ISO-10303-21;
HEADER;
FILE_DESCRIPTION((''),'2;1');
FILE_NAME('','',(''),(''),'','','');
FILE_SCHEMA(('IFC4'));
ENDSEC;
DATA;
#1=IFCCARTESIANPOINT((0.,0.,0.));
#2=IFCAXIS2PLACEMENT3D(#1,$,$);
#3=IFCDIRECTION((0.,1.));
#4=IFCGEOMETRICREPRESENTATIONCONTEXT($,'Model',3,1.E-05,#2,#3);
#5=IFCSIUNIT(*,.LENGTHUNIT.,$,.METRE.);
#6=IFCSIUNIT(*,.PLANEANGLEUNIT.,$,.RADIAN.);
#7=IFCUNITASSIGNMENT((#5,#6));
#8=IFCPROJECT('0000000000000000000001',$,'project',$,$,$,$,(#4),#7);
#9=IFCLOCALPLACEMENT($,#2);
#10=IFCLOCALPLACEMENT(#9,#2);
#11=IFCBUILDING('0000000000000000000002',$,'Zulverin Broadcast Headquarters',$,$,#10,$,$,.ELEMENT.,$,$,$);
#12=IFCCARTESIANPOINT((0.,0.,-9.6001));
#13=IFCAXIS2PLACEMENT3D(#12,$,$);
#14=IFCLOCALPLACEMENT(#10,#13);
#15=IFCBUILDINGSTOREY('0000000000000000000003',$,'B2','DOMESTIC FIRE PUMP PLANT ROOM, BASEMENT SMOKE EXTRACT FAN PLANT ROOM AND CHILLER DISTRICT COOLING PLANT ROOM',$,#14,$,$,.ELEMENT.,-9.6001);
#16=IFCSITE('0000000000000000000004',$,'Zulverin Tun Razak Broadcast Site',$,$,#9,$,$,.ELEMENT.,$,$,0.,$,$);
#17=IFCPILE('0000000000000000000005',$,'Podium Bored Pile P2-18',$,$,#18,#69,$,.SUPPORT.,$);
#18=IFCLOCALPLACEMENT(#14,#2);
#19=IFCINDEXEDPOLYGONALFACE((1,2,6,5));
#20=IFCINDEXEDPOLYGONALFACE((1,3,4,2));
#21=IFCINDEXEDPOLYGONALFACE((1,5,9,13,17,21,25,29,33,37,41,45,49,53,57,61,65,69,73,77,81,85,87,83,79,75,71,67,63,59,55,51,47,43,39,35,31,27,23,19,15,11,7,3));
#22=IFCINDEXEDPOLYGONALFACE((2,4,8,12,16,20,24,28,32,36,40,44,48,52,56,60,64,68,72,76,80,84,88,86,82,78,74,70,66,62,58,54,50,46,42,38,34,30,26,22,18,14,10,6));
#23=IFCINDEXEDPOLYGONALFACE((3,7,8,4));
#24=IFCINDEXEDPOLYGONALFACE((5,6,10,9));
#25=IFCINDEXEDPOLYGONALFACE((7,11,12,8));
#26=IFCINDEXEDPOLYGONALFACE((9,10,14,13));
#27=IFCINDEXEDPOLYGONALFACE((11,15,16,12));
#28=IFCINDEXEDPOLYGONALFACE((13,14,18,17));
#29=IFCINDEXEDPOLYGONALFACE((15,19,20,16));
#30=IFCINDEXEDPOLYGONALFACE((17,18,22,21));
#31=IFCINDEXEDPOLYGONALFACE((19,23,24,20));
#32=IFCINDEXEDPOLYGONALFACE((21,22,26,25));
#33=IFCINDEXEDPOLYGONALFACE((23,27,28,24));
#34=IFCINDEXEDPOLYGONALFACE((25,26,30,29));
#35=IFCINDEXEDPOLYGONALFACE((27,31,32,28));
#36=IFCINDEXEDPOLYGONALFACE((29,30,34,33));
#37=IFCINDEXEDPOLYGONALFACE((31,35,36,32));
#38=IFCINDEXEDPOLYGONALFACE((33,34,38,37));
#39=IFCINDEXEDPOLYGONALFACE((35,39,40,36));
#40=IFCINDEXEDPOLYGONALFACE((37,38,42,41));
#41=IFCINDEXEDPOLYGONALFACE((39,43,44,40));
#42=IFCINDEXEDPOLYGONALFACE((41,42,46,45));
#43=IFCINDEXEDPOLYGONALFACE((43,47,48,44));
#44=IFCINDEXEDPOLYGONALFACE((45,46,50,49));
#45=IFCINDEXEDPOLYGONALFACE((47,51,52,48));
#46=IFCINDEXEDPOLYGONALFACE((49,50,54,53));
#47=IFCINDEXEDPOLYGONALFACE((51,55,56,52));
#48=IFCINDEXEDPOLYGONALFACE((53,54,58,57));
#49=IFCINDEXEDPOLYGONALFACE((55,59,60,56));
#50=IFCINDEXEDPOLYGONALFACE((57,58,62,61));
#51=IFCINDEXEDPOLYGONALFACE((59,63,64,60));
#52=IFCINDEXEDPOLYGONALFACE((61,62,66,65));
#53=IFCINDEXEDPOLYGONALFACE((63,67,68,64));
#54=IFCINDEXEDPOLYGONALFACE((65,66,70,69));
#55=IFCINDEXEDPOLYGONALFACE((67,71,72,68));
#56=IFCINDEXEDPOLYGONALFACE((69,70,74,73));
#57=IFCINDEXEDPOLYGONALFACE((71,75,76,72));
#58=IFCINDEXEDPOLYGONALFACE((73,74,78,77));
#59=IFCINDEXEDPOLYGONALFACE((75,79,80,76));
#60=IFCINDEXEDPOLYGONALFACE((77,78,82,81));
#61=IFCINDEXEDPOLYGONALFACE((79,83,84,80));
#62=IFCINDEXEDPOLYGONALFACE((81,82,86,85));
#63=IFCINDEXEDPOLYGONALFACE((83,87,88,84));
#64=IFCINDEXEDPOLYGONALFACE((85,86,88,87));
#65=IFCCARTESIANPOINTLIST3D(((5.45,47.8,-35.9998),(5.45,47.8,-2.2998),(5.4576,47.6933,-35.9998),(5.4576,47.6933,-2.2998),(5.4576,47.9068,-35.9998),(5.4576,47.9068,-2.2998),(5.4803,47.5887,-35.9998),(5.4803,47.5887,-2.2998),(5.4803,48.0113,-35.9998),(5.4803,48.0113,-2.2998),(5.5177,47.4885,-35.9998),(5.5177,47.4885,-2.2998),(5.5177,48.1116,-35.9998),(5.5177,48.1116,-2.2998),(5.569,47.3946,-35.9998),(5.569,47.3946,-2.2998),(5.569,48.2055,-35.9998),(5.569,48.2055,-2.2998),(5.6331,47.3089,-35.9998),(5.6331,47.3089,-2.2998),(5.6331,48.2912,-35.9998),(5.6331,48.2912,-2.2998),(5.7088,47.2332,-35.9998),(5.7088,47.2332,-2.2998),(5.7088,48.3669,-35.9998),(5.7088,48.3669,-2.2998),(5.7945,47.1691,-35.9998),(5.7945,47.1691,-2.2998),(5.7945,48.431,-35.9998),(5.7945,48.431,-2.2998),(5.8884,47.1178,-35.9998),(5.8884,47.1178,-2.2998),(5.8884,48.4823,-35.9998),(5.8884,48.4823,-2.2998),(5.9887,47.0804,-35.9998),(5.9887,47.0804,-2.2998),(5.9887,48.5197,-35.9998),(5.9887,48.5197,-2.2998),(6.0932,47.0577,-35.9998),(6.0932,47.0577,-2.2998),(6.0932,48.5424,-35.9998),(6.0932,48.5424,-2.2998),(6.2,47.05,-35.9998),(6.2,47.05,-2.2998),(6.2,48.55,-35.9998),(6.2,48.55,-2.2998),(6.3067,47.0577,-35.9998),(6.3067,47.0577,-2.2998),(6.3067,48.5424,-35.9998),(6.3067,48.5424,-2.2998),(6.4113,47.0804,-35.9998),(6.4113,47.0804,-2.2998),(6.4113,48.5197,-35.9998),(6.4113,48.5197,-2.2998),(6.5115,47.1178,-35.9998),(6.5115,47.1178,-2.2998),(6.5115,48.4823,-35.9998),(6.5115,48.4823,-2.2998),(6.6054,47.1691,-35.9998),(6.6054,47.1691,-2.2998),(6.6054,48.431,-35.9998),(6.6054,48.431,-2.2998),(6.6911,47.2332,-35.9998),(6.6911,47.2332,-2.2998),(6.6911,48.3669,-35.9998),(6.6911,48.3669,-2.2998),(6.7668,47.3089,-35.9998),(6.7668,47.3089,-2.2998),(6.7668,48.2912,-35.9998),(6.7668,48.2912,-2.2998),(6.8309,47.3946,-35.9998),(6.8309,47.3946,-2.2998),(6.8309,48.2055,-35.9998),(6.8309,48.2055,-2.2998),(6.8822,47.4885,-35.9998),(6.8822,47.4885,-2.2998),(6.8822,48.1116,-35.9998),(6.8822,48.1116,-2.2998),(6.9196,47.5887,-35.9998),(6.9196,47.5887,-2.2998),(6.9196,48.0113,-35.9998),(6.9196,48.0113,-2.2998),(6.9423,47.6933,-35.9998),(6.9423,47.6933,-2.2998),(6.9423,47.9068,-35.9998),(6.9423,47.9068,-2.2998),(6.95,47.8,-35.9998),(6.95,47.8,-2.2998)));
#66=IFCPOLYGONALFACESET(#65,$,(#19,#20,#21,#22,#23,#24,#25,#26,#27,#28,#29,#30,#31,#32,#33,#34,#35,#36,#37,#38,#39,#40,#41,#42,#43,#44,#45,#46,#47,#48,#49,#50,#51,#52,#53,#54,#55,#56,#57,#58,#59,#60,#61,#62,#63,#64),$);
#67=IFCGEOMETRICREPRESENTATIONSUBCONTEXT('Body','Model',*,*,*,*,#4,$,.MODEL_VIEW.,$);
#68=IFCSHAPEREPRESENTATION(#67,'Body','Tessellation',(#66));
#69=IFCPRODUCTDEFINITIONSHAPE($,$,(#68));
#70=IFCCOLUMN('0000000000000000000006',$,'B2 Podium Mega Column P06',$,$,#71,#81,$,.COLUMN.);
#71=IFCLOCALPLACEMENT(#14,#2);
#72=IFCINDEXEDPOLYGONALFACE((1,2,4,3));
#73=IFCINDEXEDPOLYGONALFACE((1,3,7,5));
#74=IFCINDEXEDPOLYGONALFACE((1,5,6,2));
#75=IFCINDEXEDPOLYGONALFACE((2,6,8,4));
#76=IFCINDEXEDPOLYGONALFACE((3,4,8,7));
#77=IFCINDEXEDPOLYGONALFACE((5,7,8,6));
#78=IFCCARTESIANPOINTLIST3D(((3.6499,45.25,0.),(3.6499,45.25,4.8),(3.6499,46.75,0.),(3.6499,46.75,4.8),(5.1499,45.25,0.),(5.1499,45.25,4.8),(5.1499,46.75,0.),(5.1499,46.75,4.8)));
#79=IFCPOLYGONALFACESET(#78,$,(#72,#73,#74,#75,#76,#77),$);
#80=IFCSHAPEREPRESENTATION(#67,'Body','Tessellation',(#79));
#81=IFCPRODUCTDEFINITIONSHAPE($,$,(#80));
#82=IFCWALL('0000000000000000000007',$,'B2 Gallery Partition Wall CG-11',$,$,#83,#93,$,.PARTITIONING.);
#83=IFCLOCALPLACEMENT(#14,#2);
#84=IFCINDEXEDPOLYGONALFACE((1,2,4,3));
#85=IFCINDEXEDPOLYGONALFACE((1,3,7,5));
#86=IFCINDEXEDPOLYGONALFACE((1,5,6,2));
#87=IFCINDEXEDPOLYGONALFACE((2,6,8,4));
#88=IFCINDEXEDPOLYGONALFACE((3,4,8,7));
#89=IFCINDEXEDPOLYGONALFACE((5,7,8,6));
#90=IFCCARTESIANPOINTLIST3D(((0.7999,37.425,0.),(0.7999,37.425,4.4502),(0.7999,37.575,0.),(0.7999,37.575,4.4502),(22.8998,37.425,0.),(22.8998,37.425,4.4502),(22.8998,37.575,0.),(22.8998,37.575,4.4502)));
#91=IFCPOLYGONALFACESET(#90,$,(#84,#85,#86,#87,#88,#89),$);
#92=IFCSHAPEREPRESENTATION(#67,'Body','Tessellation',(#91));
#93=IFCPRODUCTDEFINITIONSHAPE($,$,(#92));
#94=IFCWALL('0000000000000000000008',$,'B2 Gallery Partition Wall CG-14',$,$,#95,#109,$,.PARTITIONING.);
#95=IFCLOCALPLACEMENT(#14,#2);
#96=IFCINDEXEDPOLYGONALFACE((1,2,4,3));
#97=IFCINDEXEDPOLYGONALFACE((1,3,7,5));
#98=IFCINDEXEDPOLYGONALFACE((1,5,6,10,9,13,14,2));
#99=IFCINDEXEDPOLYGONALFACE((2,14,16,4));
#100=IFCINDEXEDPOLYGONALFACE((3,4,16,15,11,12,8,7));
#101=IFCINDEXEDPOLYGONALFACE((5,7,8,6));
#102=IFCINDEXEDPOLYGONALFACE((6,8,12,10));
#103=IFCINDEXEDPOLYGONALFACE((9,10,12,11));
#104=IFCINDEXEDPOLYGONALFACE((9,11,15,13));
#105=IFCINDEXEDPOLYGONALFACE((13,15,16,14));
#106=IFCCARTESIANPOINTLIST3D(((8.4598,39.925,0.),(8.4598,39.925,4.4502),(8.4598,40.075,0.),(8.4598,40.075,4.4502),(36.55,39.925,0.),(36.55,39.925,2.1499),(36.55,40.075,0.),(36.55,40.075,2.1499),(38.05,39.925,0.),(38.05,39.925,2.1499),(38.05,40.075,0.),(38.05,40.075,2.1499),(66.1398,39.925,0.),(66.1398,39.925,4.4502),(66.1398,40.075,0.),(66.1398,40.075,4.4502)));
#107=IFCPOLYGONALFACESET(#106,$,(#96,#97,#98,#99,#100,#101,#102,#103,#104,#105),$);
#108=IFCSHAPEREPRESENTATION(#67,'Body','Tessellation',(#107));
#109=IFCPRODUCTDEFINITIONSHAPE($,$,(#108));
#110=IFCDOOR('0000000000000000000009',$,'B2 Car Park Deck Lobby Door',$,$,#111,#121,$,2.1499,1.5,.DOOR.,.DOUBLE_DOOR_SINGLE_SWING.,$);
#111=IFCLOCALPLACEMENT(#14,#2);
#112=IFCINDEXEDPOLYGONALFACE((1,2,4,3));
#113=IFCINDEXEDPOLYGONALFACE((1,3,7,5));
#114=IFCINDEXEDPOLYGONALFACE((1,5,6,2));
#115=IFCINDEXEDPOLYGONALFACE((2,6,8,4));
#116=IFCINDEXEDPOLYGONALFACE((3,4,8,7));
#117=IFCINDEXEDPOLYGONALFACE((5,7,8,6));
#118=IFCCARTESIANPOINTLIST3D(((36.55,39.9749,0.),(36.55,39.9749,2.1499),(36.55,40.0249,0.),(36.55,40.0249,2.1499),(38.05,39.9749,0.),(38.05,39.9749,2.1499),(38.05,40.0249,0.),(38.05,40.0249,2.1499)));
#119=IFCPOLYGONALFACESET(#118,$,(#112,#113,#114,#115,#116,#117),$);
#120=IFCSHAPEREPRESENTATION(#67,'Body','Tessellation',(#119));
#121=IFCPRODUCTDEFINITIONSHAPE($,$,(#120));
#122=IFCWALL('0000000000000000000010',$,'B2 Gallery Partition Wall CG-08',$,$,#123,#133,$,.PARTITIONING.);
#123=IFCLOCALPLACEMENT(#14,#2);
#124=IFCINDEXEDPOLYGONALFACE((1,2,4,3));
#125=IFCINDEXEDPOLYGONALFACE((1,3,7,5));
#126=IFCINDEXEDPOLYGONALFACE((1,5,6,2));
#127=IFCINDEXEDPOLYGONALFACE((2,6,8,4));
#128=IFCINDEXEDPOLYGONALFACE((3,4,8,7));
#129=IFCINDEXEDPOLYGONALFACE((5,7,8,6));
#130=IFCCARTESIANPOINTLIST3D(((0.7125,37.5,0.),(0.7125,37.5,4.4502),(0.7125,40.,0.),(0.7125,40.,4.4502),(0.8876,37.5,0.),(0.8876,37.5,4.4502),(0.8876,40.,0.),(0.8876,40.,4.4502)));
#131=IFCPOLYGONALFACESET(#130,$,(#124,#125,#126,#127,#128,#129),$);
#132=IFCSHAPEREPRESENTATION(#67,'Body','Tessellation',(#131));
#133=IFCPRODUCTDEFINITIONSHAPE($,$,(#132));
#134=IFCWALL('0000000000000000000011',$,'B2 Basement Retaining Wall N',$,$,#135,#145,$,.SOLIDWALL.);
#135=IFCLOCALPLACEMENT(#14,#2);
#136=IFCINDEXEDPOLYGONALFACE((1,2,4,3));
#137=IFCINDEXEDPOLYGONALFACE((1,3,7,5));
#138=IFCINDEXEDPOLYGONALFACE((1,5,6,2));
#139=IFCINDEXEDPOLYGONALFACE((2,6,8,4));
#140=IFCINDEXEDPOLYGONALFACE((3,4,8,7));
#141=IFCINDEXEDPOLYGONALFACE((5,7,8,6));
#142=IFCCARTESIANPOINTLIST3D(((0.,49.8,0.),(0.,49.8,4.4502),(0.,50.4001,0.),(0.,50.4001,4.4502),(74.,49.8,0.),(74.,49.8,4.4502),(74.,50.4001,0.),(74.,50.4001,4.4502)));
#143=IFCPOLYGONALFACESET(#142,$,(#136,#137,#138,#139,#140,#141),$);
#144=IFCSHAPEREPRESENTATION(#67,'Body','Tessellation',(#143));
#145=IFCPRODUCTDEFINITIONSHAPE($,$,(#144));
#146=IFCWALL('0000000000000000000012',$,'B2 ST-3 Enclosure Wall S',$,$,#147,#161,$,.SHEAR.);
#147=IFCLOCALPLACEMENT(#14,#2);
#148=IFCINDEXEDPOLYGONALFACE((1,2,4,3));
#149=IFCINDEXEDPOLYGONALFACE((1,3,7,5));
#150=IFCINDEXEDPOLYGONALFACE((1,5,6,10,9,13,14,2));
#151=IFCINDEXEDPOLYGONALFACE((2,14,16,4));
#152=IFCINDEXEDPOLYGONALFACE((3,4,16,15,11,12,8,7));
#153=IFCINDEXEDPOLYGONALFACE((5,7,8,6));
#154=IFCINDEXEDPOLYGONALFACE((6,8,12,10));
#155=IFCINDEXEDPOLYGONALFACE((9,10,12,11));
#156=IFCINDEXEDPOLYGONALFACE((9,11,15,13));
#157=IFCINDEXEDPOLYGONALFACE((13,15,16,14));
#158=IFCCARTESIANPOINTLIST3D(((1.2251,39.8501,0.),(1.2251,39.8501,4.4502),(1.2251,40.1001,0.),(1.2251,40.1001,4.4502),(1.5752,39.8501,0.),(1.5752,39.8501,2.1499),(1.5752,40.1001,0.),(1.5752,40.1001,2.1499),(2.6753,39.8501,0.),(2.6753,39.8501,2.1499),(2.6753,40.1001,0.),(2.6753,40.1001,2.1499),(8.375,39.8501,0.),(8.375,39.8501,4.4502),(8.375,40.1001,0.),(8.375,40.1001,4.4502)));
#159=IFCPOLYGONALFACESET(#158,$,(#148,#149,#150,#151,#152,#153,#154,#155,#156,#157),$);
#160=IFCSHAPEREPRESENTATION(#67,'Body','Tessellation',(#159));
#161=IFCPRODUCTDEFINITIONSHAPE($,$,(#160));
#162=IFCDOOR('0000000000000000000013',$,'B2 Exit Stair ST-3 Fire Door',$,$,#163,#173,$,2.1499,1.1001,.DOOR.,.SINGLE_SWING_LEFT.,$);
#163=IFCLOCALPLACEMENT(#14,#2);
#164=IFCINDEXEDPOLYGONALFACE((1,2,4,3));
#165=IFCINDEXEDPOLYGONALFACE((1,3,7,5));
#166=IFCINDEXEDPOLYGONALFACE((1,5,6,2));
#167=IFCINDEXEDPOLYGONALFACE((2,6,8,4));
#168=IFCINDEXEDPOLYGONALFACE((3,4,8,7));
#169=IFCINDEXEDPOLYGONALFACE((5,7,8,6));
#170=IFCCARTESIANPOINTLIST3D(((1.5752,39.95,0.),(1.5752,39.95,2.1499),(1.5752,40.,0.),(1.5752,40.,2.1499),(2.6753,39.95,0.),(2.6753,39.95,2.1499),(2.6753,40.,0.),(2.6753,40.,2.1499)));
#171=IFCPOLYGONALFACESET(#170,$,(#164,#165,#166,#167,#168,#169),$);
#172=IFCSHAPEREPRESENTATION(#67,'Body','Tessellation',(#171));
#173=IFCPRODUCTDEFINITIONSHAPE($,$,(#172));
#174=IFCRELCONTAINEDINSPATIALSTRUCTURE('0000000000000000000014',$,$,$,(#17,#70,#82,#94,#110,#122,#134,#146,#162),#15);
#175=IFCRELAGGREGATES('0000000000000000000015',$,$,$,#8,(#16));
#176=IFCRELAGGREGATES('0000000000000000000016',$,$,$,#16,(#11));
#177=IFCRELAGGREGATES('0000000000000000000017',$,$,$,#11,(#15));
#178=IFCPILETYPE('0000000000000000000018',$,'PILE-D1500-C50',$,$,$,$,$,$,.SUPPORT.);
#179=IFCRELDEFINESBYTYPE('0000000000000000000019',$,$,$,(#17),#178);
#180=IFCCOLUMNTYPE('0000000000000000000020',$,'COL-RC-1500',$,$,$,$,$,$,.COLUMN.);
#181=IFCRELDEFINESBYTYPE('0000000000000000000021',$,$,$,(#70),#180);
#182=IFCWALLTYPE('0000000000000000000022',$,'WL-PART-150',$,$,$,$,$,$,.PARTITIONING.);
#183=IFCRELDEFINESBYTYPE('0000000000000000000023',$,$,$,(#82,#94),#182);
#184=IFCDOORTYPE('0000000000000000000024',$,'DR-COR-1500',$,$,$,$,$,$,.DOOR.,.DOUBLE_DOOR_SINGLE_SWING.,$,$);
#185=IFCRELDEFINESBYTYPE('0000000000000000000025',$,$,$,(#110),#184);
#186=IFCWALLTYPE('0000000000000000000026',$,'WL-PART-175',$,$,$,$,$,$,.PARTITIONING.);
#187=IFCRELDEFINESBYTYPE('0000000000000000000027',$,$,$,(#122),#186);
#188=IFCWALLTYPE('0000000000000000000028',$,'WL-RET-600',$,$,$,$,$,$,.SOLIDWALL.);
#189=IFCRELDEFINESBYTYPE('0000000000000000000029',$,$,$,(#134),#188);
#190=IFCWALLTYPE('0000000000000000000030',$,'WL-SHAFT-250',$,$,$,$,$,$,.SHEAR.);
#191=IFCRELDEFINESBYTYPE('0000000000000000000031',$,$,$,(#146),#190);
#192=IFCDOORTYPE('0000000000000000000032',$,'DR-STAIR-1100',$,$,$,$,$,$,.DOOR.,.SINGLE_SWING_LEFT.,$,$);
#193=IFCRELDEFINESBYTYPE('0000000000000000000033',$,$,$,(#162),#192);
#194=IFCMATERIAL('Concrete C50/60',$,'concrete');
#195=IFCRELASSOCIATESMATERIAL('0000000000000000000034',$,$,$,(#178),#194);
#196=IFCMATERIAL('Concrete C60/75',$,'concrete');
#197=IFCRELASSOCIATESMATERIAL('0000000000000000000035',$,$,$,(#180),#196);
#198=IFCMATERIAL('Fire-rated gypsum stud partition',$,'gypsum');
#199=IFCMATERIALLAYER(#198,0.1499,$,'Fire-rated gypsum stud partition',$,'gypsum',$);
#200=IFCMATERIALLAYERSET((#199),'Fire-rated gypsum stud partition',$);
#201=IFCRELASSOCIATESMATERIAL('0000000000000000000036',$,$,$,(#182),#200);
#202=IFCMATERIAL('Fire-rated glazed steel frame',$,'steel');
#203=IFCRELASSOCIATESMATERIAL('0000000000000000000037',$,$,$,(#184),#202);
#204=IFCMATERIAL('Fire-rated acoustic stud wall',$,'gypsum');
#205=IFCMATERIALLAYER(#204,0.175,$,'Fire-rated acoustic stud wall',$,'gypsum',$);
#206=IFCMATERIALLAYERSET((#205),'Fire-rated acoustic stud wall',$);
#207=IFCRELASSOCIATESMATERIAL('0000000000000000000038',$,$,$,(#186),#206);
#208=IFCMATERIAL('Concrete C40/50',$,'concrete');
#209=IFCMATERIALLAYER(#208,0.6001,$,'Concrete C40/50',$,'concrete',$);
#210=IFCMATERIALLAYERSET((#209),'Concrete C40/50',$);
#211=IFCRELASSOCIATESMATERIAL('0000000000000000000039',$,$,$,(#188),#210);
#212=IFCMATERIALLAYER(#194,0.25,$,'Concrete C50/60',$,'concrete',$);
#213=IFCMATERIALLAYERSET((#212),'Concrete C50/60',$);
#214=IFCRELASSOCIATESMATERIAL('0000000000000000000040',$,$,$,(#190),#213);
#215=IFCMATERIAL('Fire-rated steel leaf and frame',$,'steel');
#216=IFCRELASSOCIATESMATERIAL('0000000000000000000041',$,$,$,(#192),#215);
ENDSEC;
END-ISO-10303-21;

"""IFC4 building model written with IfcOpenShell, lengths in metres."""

from ifc_helpers import new_model, si_unit, direction, frame, frame_2d, origin, origin_2d, place, context, subcontext, project, spatial, rectangle, circle, extrude, material, layer, layer_set, material_profile, profile_set, type_object, element, fill, save


model = new_model("IFC4")

# Units and contexts
model_context = context("Model", 3, precision=1e-05, world=origin(), true_north=direction((0.0, 1.0)))
body_context = subcontext(model_context, "Body", "Model", "MODEL_VIEW")
ifc_project = project(units=[si_unit("LENGTHUNIT", "METRE"), si_unit("PLANEANGLEUNIT", "RADIAN")], contexts=[model_context])

# Site, building, storey
site_placement = place(None, origin())
site = spatial("IfcSite", under=ifc_project, at=site_placement, Name="Zulverin Tun Razak Broadcast Site", CompositionType="ELEMENT", RefElevation=0.0)
building_placement = place(site_placement, origin())
building = spatial("IfcBuilding", under=site, at=building_placement, Name="Zulverin Broadcast Headquarters", CompositionType="ELEMENT")
storey_placement = place(building_placement, frame((0.0, 0.0, -9.6001)))
storey = spatial("IfcBuildingStorey", under=building, at=storey_placement, Name="B2", Description="DOMESTIC FIRE PUMP PLANT ROOM, BASEMENT SMOKE EXTRACT FAN PLANT ROOM AND CHILLER DISTRICT COOLING PLANT ROOM", CompositionType="ELEMENT", Elevation=-9.6001)

# Shared definitions
ifc_material_1 = material(Name="Concrete C50/60", Category="concrete")

# Pile
ifc_material_profile_1 = material_profile(ifc_material_1, circle(Radius=0.75, at=origin_2d()), Name="Concrete C50/60", Category="concrete")
ifc_profile_set_1 = profile_set([ifc_material_profile_1], Name="Concrete C50/60")
pile_type = type_object("IfcPileType", Name="PILE-D1500-C50", PredefinedType="SUPPORT", material=ifc_profile_set_1)
for number, where, z_axis, x_axis, name in (
    (1, (6.2, 47.8, -2.2998), (0.0, 0.0, -1.0), (1.0, 0.0, 0.0), "Podium Bored Pile P2-18"),
):
    element("IfcPile", number, at=place(storey_placement, frame(where, z_axis=z_axis, x_axis=x_axis)), inside=storey, type_object=pile_type, Name=name, PredefinedType="SUPPORT", context=body_context, shape_type="SweptSolid", body=[
        extrude(circle(Radius=0.75, at=origin_2d()), origin(), (0.0, 0.0, 1.0), 33.7),
    ])

# Column
ifc_material_2 = material(Name="Concrete C60/75", Category="concrete")
ifc_material_profile_2 = material_profile(ifc_material_2, rectangle(XDim=1.5, YDim=1.5, at=origin_2d()), Name="Concrete C60/75", Category="concrete")
ifc_profile_set_2 = profile_set([ifc_material_profile_2], Name="Concrete C60/75")
column_type = type_object("IfcColumnType", Name="COL-RC-1500", PredefinedType="COLUMN", material=ifc_profile_set_2)
column_placement = place(storey_placement, frame((4.3999, 46.0, 0.0), z_axis=(0.0, 0.0, 1.0), x_axis=(1.0, 0.0, 0.0)))
element("IfcColumn", 2, at=column_placement, inside=storey, type_object=column_type, Name="B2 Podium Mega Column P06", PredefinedType="COLUMN", context=body_context, shape_type="SweptSolid", body=[
    extrude(rectangle(XDim=1.5, YDim=1.5, at=origin_2d()), origin(), (0.0, 0.0, 1.0), 4.8),
])

# Wall
ifc_material_3 = material(Name="Fire-rated gypsum stud partition", Category="gypsum")
ifc_layer_1 = layer(ifc_material_3, 0.1499, Name="Fire-rated gypsum stud partition", Category="gypsum")
ifc_layer_set_1 = layer_set([ifc_layer_1], Name="Fire-rated gypsum stud partition")
wall_type_1 = type_object("IfcWallType", Name="WL-PART-150", PredefinedType="PARTITIONING", material=ifc_layer_set_1)
wall_1_placement = place(storey_placement, frame((0.8, 37.5, 0.0), z_axis=(0.0, 0.0, 1.0), x_axis=(1.0, 0.0, 0.0)))
element("IfcWall", 3, at=wall_1_placement, inside=storey, type_object=wall_type_1, Name="B2 Gallery Partition Wall CG-11", PredefinedType="PARTITIONING", context=body_context, shape_type="SweptSolid", body=[
    extrude(rectangle(XDim=22.0999, YDim=0.1499, at=frame_2d((11.0498, 0.0))), origin(), (0.0, 0.0, 1.0), 4.4502),
])

# Wall, opening, door
wall_2_placement = place(storey_placement, frame((8.46, 40.0, 0.0), z_axis=(0.0, 0.0, 1.0), x_axis=(1.0, 0.0, 0.0)))
wall_2 = element("IfcWall", 4, at=wall_2_placement, inside=storey, type_object=wall_type_1, Name="B2 Gallery Partition Wall CG-14", PredefinedType="PARTITIONING", context=body_context, shape_type="SweptSolid", body=[
    extrude(rectangle(XDim=57.6799, YDim=0.1499, at=frame_2d((28.8398, 0.0))), origin(), (0.0, 0.0, 1.0), 4.4502),
])
opening_1_placement = place(wall_2_placement, frame((28.0901, 0.0, 0.0)))
opening_1 = element("IfcOpeningElement", 5, at=opening_1_placement, cuts=wall_2, PredefinedType="OPENING", context=body_context, shape_type="SweptSolid", body=[
    extrude(rectangle(XDim=1.5, YDim=2.1499, at=frame_2d((0.75, 1.075))), frame((0.0, 0.085, 0.0), z_axis=(0.0, -1.0, 0.0), x_axis=(1.0, 0.0, 0.0)), (0.0, 0.0, 1.0), 0.1699),
])
ifc_material_4 = material(Name="Fire-rated glazed steel frame", Category="steel")
door_type_1 = type_object("IfcDoorType", Name="DR-COR-1500", OperationType="DOUBLE_DOOR_SINGLE_SWING", PredefinedType="DOOR", material=ifc_material_4)
door_1_placement = place(opening_1_placement, origin())
door_1 = element("IfcDoor", 6, at=door_1_placement, inside=storey, type_object=door_type_1, Name="B2 Car Park Deck Lobby Door", OperationType="DOUBLE_DOOR_SINGLE_SWING", OverallHeight=2.1499, OverallWidth=1.5, PredefinedType="DOOR", context=body_context, shape_type="SweptSolid", body=[
    extrude(rectangle(XDim=1.5, YDim=2.1499, at=frame_2d((0.75, 1.075))), frame((0.0, 0.0249, 0.0), z_axis=(0.0, -1.0, 0.0), x_axis=(1.0, 0.0, 0.0)), (0.0, 0.0, 1.0), 0.05),
])
fill(opening_1, door_1)

# Walls
ifc_material_5 = material(Name="Fire-rated acoustic stud wall", Category="gypsum")
ifc_layer_2 = layer(ifc_material_5, 0.175, Name="Fire-rated acoustic stud wall", Category="gypsum")
ifc_layer_set_2 = layer_set([ifc_layer_2], Name="Fire-rated acoustic stud wall")
wall_type_2 = type_object("IfcWallType", Name="WL-PART-175", PredefinedType="PARTITIONING", material=ifc_layer_set_2)
wall_3_placement = place(storey_placement, frame((0.8, 37.5, 0.0), z_axis=(0.0, 0.0, 1.0), x_axis=(0.0, 1.0, 0.0)))
element("IfcWall", 7, at=wall_3_placement, inside=storey, type_object=wall_type_2, Name="B2 Gallery Partition Wall CG-08", PredefinedType="PARTITIONING", context=body_context, shape_type="SweptSolid", body=[
    extrude(rectangle(XDim=2.5, YDim=0.175, at=frame_2d((1.25, 0.0))), origin(), (0.0, 0.0, 1.0), 4.4502),
])
ifc_material_6 = material(Name="Concrete C40/50", Category="concrete")
ifc_layer_3 = layer(ifc_material_6, 0.6001, Name="Concrete C40/50", Category="concrete")
ifc_layer_set_3 = layer_set([ifc_layer_3], Name="Concrete C40/50")
wall_type_3 = type_object("IfcWallType", Name="WL-RET-600", PredefinedType="SOLIDWALL", material=ifc_layer_set_3)
wall_4_placement = place(storey_placement, frame((0.0, 50.1001, 0.0), z_axis=(0.0, 0.0, 1.0), x_axis=(1.0, 0.0, 0.0)))
element("IfcWall", 8, at=wall_4_placement, inside=storey, type_object=wall_type_3, Name="B2 Basement Retaining Wall N", PredefinedType="SOLIDWALL", context=body_context, shape_type="SweptSolid", body=[
    extrude(rectangle(XDim=74.0, YDim=0.6001, at=frame_2d((37.0, 0.0))), origin(), (0.0, 0.0, 1.0), 4.4502),
])

# Wall, opening, door
ifc_layer_4 = layer(ifc_material_1, 0.25, Name="Concrete C50/60", Category="concrete")
ifc_layer_set_4 = layer_set([ifc_layer_4], Name="Concrete C50/60")
wall_type_4 = type_object("IfcWallType", Name="WL-SHAFT-250", PredefinedType="SHEAR", material=ifc_layer_set_4)
wall_5_placement = place(storey_placement, frame((1.2251, 39.9751, 0.0), z_axis=(0.0, 0.0, 1.0), x_axis=(1.0, 0.0, 0.0)))
wall_5 = element("IfcWall", 9, at=wall_5_placement, inside=storey, type_object=wall_type_4, Name="B2 ST-3 Enclosure Wall S", PredefinedType="SHEAR", context=body_context, shape_type="SweptSolid", body=[
    extrude(rectangle(XDim=7.1499, YDim=0.25, at=frame_2d((3.575, 0.0))), origin(), (0.0, 0.0, 1.0), 4.4502),
])
opening_2_placement = place(wall_5_placement, frame((0.3501, 0.0, 0.0)))
opening_2 = element("IfcOpeningElement", 10, at=opening_2_placement, cuts=wall_5, PredefinedType="OPENING", context=body_context, shape_type="SweptSolid", body=[
    extrude(rectangle(XDim=1.1001, YDim=2.1499, at=frame_2d((0.55, 1.075))), frame((0.0, 0.135, 0.0), z_axis=(0.0, -1.0, 0.0), x_axis=(1.0, 0.0, 0.0)), (0.0, 0.0, 1.0), 0.27),
])
ifc_material_7 = material(Name="Fire-rated steel leaf and frame", Category="steel")
door_type_2 = type_object("IfcDoorType", Name="DR-STAIR-1100", OperationType="SINGLE_SWING_LEFT", PredefinedType="DOOR", material=ifc_material_7)
door_2_placement = place(opening_2_placement, origin())
door_2 = element("IfcDoor", 11, at=door_2_placement, inside=storey, type_object=door_type_2, Name="B2 Exit Stair ST-3 Fire Door", OperationType="SINGLE_SWING_LEFT", OverallHeight=2.1499, OverallWidth=1.1001, PredefinedType="DOOR", context=body_context, shape_type="SweptSolid", body=[
    extrude(rectangle(XDim=1.1001, YDim=2.1499, at=frame_2d((0.55, 1.075))), frame((0.0, 0.0249, 0.0), z_axis=(0.0, -1.0, 0.0), x_axis=(1.0, 0.0, 0.0)), (0.0, 0.0, 1.0), 0.05),
])
fill(opening_2, door_2)

save(model, "model.ifc")
